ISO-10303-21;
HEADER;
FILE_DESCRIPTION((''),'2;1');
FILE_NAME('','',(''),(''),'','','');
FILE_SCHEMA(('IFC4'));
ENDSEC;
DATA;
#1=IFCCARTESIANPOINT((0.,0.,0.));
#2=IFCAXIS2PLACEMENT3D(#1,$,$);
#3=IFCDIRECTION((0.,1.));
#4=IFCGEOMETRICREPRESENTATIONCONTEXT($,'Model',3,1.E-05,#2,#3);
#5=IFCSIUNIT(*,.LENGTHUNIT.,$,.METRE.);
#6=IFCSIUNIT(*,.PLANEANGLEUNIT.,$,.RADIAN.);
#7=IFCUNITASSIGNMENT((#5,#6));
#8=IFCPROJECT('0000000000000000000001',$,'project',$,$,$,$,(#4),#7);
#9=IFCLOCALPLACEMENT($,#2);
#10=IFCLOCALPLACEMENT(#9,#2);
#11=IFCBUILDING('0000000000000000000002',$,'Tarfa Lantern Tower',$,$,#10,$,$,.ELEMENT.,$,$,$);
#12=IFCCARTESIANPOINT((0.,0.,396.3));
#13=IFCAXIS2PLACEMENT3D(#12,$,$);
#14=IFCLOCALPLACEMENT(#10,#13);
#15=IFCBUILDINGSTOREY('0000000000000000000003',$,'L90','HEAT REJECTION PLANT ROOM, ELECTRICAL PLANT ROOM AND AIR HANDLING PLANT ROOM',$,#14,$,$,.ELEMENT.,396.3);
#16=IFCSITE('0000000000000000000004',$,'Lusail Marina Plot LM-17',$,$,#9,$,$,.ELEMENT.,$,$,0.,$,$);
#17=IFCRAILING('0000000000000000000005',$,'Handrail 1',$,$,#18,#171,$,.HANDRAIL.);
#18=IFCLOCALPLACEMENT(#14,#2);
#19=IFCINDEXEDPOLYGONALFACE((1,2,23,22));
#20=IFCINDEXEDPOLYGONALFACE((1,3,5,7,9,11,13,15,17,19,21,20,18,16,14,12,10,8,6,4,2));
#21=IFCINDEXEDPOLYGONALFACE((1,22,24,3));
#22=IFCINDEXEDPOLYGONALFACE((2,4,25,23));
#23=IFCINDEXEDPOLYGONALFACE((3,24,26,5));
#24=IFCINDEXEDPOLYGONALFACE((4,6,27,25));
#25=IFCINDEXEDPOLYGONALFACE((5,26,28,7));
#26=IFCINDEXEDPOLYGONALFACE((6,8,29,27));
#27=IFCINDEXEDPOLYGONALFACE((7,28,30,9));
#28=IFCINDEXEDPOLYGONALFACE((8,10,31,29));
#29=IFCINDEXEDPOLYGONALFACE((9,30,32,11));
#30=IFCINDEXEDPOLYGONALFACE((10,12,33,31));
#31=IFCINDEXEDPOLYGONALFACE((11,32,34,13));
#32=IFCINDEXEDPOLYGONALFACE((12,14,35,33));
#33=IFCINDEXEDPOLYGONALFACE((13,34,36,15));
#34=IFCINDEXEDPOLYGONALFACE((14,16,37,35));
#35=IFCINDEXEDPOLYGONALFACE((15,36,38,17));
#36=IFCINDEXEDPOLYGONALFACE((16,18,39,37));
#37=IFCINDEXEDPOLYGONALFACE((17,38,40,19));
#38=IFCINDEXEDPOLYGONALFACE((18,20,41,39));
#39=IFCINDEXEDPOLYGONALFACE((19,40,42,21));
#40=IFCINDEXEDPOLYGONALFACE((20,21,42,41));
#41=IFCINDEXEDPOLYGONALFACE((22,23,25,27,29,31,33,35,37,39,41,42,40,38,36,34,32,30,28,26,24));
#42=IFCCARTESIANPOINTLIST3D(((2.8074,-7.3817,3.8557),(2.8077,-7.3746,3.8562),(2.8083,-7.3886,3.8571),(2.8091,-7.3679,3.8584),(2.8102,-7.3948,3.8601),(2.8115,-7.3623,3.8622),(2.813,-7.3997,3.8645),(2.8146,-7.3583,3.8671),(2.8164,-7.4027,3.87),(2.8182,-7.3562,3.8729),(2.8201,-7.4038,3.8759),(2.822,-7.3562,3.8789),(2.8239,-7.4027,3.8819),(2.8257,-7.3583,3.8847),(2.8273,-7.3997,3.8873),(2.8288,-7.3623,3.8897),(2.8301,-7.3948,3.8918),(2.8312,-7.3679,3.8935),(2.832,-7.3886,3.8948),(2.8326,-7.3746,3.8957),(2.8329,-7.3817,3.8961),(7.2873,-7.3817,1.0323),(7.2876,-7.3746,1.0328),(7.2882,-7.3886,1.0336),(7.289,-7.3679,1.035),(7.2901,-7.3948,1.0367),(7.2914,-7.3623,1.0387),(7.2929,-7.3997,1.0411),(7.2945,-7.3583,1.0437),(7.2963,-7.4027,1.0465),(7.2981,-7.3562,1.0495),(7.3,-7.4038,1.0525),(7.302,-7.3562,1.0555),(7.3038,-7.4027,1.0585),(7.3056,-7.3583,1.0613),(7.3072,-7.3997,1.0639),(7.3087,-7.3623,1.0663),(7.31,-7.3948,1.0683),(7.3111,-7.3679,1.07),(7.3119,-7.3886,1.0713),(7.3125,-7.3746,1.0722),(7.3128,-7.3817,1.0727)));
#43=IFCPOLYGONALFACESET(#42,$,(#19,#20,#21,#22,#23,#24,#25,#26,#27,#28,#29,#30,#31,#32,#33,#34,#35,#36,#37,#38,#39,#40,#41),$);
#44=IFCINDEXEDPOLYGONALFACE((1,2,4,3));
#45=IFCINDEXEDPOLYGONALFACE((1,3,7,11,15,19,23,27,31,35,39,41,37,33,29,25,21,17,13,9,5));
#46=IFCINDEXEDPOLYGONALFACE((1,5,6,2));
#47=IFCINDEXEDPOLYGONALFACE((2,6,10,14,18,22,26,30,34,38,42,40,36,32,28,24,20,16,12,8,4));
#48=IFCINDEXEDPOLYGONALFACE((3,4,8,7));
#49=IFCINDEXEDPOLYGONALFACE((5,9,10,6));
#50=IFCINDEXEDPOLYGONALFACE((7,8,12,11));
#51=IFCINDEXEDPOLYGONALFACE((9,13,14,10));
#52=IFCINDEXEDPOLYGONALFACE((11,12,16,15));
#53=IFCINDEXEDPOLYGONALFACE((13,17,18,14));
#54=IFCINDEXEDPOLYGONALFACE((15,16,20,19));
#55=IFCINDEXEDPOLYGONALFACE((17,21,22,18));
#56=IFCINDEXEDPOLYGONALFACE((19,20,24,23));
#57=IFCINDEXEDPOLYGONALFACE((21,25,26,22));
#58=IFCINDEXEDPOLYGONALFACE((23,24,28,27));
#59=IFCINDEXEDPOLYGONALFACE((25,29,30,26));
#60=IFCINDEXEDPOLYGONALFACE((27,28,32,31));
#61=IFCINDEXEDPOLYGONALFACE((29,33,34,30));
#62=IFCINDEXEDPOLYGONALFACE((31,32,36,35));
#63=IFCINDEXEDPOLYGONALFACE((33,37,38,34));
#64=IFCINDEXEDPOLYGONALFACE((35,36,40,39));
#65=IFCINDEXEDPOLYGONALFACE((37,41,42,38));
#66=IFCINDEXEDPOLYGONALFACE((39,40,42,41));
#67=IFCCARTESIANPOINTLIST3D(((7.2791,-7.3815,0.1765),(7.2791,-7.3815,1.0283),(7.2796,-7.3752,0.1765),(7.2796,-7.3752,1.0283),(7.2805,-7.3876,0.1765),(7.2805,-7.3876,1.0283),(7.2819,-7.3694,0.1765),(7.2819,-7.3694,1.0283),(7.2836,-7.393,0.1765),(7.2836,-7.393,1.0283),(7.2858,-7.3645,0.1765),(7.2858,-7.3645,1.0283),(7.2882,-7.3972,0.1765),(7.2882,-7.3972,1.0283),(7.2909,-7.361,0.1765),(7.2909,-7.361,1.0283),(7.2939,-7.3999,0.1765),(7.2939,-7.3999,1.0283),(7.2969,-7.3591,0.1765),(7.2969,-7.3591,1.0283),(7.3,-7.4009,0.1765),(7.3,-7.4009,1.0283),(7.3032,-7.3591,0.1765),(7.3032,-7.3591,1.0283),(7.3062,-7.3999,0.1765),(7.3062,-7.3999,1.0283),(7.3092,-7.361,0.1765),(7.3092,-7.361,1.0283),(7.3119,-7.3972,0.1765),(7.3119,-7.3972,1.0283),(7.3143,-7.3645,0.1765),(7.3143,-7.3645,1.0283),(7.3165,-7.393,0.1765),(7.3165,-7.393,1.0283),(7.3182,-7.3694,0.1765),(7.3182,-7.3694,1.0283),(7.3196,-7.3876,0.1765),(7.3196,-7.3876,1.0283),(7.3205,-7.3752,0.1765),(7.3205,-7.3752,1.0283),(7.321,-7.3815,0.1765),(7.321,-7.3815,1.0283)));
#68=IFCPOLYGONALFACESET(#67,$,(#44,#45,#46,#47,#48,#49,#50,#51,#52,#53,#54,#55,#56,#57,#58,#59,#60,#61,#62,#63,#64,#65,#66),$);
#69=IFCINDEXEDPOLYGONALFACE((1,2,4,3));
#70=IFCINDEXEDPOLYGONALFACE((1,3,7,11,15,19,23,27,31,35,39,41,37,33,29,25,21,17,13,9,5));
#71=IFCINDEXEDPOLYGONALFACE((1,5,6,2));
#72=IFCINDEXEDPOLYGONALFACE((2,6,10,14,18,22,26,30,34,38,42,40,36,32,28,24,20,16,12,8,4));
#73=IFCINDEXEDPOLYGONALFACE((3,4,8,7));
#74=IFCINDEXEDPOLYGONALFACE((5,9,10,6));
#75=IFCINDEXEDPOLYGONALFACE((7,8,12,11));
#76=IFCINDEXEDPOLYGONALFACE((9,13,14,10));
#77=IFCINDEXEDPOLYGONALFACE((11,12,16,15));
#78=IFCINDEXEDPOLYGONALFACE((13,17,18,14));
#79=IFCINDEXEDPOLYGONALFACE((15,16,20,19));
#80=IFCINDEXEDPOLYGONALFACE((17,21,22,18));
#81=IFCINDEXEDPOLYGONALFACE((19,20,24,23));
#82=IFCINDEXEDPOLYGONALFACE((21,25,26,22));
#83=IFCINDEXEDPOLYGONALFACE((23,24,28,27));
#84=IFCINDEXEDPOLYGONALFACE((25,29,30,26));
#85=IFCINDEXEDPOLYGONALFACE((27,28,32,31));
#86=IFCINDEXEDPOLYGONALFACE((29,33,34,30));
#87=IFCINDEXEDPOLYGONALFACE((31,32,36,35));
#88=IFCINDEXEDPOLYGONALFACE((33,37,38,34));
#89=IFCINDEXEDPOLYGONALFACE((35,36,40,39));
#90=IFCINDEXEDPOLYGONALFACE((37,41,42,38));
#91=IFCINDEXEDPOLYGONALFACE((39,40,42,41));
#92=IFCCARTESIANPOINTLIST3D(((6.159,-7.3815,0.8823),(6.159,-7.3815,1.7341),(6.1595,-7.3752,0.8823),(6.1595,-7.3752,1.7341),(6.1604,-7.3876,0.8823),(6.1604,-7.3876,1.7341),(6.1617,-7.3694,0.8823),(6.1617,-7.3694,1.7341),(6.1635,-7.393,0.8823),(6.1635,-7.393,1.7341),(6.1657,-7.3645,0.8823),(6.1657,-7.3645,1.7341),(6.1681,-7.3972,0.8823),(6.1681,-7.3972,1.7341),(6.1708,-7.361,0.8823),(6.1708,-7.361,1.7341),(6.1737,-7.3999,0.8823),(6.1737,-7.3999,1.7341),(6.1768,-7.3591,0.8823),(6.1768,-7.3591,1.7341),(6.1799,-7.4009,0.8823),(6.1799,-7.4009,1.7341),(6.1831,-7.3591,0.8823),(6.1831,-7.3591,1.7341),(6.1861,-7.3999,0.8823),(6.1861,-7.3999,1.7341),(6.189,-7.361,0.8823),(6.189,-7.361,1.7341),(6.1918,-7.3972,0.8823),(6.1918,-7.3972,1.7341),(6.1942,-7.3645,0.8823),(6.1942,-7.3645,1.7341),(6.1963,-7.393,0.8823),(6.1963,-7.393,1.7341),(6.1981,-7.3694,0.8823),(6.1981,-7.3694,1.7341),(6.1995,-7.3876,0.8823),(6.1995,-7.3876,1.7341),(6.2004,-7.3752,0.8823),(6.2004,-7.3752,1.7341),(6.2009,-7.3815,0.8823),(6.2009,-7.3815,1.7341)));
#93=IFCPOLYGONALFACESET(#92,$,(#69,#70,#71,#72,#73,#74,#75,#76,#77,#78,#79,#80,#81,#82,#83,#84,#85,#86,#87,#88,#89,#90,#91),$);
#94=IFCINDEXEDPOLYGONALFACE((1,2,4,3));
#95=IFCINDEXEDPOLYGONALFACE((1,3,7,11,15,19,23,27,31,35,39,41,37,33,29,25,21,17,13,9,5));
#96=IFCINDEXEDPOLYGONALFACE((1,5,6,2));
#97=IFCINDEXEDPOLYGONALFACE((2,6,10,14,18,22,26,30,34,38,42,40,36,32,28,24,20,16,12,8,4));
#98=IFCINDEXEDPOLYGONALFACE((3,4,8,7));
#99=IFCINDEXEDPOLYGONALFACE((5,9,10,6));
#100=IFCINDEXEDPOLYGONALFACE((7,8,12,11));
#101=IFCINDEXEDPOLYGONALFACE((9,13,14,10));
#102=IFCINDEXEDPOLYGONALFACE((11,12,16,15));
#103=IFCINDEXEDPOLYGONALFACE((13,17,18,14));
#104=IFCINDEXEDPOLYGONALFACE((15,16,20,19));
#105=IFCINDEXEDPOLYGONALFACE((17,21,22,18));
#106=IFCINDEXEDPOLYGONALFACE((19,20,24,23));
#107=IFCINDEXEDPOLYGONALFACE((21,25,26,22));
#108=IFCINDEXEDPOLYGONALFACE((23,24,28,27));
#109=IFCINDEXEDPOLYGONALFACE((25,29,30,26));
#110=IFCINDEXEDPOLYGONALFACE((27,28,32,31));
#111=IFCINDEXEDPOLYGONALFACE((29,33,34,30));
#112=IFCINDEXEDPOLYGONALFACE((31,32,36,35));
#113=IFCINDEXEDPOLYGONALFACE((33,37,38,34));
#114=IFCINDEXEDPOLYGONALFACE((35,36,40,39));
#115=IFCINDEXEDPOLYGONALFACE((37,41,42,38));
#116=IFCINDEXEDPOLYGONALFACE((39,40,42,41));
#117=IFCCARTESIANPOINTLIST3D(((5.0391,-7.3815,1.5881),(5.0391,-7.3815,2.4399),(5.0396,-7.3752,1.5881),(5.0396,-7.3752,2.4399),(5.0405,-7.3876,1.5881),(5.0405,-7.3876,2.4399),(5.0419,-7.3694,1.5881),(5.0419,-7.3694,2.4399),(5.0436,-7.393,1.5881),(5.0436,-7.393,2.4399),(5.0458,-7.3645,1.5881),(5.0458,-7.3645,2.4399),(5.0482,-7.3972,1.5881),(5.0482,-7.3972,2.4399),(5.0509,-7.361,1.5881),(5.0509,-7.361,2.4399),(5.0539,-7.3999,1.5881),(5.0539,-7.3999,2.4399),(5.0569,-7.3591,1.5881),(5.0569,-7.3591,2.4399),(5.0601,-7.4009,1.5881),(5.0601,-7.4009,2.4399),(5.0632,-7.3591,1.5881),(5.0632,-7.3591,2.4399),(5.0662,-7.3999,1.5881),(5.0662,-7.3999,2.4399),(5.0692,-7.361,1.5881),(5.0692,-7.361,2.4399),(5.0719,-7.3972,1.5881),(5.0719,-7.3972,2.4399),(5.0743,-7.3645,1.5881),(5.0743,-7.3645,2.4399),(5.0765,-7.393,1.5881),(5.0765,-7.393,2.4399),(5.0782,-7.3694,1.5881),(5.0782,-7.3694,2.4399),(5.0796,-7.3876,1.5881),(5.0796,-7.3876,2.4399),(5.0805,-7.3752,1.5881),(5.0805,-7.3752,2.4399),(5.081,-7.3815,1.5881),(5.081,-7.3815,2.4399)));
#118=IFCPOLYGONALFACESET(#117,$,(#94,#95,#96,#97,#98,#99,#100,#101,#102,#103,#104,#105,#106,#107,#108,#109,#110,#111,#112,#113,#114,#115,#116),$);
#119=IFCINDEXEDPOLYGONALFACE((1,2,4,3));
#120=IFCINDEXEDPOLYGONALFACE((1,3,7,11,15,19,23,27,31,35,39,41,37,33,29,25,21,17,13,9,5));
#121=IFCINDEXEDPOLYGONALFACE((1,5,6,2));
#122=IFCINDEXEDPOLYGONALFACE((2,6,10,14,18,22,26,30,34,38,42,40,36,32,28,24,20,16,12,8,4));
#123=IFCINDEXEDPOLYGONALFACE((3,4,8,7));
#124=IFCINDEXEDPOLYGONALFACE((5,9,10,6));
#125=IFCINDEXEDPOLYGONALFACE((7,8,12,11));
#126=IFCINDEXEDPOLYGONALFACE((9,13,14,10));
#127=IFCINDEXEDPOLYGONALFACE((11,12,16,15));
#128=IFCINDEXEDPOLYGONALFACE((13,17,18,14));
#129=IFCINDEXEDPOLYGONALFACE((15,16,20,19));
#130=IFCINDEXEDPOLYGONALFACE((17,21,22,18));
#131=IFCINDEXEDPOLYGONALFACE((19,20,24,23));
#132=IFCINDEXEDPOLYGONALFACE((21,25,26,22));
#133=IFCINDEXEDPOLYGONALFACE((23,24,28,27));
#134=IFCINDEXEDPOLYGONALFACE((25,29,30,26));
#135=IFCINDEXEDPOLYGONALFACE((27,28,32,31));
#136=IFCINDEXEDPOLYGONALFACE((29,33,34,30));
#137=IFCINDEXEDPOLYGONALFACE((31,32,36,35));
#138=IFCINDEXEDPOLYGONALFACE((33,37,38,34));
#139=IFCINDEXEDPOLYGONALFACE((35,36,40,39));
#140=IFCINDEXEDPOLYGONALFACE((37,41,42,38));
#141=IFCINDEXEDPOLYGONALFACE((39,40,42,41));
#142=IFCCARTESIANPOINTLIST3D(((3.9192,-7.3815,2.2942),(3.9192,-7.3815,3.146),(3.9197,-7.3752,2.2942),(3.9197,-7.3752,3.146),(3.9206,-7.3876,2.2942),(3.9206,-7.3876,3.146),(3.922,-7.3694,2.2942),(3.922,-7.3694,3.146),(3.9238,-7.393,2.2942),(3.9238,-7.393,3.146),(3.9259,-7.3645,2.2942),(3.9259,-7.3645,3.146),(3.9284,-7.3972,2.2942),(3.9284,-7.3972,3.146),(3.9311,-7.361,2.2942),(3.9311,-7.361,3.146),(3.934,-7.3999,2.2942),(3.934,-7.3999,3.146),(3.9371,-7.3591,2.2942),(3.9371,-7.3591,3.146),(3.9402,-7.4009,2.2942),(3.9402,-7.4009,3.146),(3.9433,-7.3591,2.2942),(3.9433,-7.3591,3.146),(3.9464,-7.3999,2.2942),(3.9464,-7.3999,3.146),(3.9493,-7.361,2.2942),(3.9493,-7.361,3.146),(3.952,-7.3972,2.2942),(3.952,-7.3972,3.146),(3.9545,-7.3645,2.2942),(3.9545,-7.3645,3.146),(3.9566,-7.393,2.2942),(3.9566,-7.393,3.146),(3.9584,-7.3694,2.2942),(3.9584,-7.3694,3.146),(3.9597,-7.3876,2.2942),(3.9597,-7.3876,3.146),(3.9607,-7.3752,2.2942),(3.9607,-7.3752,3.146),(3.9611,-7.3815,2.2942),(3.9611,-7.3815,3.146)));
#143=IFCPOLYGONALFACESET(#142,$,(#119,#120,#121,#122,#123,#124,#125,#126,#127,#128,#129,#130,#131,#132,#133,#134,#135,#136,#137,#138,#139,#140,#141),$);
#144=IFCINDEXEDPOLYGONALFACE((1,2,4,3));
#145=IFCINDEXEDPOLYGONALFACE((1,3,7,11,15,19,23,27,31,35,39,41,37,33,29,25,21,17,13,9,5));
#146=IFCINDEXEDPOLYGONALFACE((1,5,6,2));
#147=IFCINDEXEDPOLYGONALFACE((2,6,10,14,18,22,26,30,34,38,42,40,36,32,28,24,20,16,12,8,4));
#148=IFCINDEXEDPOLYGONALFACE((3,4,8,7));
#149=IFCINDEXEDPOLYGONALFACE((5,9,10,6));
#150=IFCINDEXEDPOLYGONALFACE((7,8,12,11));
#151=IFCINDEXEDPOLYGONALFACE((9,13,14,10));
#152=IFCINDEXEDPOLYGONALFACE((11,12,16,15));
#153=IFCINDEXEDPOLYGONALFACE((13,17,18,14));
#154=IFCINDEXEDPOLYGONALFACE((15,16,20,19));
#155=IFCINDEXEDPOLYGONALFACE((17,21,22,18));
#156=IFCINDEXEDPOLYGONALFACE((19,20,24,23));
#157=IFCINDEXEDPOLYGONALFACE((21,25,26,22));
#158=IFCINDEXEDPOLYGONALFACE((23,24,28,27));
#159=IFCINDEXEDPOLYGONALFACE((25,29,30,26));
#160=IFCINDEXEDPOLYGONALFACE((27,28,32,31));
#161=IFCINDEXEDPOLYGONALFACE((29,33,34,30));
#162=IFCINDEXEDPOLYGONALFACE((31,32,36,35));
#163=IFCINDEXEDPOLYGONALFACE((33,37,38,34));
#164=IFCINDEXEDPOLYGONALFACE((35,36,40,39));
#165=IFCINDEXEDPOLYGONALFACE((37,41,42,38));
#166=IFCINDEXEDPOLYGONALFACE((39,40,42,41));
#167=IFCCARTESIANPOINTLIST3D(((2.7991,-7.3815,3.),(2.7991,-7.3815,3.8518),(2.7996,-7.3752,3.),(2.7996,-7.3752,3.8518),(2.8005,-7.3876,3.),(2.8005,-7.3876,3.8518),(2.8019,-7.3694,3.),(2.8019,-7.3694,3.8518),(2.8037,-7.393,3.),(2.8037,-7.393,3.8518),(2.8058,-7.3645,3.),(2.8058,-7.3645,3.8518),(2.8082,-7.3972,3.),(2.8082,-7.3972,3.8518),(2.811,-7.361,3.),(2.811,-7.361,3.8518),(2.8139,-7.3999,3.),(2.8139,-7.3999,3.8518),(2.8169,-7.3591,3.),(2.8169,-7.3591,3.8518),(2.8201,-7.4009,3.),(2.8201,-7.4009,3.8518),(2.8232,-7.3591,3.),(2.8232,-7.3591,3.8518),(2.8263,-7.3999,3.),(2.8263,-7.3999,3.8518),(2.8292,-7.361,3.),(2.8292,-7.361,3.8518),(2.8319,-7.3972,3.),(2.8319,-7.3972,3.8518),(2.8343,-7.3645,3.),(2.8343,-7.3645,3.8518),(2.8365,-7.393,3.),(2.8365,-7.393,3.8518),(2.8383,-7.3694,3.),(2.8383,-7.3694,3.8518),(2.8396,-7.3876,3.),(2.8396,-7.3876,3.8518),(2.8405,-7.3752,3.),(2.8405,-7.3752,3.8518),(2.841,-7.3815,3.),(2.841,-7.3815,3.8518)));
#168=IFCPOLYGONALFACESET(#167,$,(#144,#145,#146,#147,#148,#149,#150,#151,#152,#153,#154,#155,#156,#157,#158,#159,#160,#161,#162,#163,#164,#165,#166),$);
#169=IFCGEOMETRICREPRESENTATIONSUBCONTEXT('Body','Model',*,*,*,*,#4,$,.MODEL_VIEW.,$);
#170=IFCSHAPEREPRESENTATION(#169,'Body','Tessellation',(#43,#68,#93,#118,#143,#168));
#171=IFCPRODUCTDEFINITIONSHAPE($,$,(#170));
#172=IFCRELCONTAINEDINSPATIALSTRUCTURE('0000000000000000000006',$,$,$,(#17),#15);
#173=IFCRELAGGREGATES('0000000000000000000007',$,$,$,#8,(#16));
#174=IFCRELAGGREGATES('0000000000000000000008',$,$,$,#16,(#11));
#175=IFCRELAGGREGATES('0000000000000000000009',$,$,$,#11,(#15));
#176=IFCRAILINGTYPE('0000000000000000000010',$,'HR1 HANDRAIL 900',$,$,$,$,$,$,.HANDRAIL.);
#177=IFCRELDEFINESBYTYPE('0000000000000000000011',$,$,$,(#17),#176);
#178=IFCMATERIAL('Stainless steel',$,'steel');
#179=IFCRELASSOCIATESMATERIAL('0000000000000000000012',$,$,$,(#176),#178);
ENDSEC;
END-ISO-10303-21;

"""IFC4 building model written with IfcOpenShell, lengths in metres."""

from ifc_helpers import new_model, si_unit, direction, frame, origin, origin_2d, place, context, subcontext, project, spatial, circle, extrude, material, type_object, element, save


model = new_model("IFC4")

# Units and contexts
model_context = context("Model", 3, precision=1e-05, world=origin(), true_north=direction((0.0, 1.0)))
body_context = subcontext(model_context, "Body", "Model", "MODEL_VIEW")
ifc_project = project(units=[si_unit("LENGTHUNIT", "METRE"), si_unit("PLANEANGLEUNIT", "RADIAN")], contexts=[model_context])

# Site, building, storey
site_placement = place(None, origin())
site = spatial("IfcSite", under=ifc_project, at=site_placement, Name="Lusail Marina Plot LM-17", CompositionType="ELEMENT", RefElevation=0.0)
building_placement = place(site_placement, origin())
building = spatial("IfcBuilding", under=site, at=building_placement, Name="Tarfa Lantern Tower", CompositionType="ELEMENT")
storey_placement = place(building_placement, frame((0.0, 0.0, 396.3)))
storey = spatial("IfcBuildingStorey", under=building, at=storey_placement, Name="L90", Description="HEAT REJECTION PLANT ROOM, ELECTRICAL PLANT ROOM AND AIR HANDLING PLANT ROOM", CompositionType="ELEMENT", Elevation=396.3)

# Railing
ifc_material_1 = material(Name="Stainless steel", Category="steel")
railing_type = type_object("IfcRailingType", Name="HR1 HANDRAIL 900", PredefinedType="HANDRAIL", material=ifc_material_1)
railing_placement = place(storey_placement, frame((7.3, -7.3799, 0.1765)))
element("IfcRailing", 1, at=railing_placement, inside=storey, type_object=railing_type, Name="Handrail 1", PredefinedType="HANDRAIL", context=body_context, shape_type="SweptSolid", body=[
    extrude(circle(Radius=0.0239, at=origin_2d()), frame((0.0, 0.0, 0.876), z_axis=(-0.845998, 0.0, 0.533186), x_axis=(0.0, -1.0, 0.0)), (0.0, 0.0, 1.0), 5.2954),
    extrude(circle(Radius=0.021, at=origin_2d()), frame((0.0, 0.0, 0.0), z_axis=(0.0, 0.0, 1.0), x_axis=(0.0, -1.0, 0.0)), (0.0, 0.0, 1.0), 0.8518),
    extrude(circle(Radius=0.021, at=origin_2d()), frame((-1.1201, 0.0, 0.7058), z_axis=(0.0, 0.0, 1.0), x_axis=(0.0, -1.0, 0.0)), (0.0, 0.0, 1.0), 0.8518),
    extrude(circle(Radius=0.021, at=origin_2d()), frame((-2.24, 0.0, 1.4116), z_axis=(0.0, 0.0, 1.0), x_axis=(0.0, -1.0, 0.0)), (0.0, 0.0, 1.0), 0.8518),
    extrude(circle(Radius=0.021, at=origin_2d()), frame((-3.3599, 0.0, 2.1177), z_axis=(0.0, 0.0, 1.0), x_axis=(0.0, -1.0, 0.0)), (0.0, 0.0, 1.0), 0.8518),
    extrude(circle(Radius=0.021, at=origin_2d()), frame((-4.48, 0.0, 2.8235), z_axis=(0.0, 0.0, 1.0), x_axis=(0.0, -1.0, 0.0)), (0.0, 0.0, 1.0), 0.8518),
])

save(model, "model.ifc")
